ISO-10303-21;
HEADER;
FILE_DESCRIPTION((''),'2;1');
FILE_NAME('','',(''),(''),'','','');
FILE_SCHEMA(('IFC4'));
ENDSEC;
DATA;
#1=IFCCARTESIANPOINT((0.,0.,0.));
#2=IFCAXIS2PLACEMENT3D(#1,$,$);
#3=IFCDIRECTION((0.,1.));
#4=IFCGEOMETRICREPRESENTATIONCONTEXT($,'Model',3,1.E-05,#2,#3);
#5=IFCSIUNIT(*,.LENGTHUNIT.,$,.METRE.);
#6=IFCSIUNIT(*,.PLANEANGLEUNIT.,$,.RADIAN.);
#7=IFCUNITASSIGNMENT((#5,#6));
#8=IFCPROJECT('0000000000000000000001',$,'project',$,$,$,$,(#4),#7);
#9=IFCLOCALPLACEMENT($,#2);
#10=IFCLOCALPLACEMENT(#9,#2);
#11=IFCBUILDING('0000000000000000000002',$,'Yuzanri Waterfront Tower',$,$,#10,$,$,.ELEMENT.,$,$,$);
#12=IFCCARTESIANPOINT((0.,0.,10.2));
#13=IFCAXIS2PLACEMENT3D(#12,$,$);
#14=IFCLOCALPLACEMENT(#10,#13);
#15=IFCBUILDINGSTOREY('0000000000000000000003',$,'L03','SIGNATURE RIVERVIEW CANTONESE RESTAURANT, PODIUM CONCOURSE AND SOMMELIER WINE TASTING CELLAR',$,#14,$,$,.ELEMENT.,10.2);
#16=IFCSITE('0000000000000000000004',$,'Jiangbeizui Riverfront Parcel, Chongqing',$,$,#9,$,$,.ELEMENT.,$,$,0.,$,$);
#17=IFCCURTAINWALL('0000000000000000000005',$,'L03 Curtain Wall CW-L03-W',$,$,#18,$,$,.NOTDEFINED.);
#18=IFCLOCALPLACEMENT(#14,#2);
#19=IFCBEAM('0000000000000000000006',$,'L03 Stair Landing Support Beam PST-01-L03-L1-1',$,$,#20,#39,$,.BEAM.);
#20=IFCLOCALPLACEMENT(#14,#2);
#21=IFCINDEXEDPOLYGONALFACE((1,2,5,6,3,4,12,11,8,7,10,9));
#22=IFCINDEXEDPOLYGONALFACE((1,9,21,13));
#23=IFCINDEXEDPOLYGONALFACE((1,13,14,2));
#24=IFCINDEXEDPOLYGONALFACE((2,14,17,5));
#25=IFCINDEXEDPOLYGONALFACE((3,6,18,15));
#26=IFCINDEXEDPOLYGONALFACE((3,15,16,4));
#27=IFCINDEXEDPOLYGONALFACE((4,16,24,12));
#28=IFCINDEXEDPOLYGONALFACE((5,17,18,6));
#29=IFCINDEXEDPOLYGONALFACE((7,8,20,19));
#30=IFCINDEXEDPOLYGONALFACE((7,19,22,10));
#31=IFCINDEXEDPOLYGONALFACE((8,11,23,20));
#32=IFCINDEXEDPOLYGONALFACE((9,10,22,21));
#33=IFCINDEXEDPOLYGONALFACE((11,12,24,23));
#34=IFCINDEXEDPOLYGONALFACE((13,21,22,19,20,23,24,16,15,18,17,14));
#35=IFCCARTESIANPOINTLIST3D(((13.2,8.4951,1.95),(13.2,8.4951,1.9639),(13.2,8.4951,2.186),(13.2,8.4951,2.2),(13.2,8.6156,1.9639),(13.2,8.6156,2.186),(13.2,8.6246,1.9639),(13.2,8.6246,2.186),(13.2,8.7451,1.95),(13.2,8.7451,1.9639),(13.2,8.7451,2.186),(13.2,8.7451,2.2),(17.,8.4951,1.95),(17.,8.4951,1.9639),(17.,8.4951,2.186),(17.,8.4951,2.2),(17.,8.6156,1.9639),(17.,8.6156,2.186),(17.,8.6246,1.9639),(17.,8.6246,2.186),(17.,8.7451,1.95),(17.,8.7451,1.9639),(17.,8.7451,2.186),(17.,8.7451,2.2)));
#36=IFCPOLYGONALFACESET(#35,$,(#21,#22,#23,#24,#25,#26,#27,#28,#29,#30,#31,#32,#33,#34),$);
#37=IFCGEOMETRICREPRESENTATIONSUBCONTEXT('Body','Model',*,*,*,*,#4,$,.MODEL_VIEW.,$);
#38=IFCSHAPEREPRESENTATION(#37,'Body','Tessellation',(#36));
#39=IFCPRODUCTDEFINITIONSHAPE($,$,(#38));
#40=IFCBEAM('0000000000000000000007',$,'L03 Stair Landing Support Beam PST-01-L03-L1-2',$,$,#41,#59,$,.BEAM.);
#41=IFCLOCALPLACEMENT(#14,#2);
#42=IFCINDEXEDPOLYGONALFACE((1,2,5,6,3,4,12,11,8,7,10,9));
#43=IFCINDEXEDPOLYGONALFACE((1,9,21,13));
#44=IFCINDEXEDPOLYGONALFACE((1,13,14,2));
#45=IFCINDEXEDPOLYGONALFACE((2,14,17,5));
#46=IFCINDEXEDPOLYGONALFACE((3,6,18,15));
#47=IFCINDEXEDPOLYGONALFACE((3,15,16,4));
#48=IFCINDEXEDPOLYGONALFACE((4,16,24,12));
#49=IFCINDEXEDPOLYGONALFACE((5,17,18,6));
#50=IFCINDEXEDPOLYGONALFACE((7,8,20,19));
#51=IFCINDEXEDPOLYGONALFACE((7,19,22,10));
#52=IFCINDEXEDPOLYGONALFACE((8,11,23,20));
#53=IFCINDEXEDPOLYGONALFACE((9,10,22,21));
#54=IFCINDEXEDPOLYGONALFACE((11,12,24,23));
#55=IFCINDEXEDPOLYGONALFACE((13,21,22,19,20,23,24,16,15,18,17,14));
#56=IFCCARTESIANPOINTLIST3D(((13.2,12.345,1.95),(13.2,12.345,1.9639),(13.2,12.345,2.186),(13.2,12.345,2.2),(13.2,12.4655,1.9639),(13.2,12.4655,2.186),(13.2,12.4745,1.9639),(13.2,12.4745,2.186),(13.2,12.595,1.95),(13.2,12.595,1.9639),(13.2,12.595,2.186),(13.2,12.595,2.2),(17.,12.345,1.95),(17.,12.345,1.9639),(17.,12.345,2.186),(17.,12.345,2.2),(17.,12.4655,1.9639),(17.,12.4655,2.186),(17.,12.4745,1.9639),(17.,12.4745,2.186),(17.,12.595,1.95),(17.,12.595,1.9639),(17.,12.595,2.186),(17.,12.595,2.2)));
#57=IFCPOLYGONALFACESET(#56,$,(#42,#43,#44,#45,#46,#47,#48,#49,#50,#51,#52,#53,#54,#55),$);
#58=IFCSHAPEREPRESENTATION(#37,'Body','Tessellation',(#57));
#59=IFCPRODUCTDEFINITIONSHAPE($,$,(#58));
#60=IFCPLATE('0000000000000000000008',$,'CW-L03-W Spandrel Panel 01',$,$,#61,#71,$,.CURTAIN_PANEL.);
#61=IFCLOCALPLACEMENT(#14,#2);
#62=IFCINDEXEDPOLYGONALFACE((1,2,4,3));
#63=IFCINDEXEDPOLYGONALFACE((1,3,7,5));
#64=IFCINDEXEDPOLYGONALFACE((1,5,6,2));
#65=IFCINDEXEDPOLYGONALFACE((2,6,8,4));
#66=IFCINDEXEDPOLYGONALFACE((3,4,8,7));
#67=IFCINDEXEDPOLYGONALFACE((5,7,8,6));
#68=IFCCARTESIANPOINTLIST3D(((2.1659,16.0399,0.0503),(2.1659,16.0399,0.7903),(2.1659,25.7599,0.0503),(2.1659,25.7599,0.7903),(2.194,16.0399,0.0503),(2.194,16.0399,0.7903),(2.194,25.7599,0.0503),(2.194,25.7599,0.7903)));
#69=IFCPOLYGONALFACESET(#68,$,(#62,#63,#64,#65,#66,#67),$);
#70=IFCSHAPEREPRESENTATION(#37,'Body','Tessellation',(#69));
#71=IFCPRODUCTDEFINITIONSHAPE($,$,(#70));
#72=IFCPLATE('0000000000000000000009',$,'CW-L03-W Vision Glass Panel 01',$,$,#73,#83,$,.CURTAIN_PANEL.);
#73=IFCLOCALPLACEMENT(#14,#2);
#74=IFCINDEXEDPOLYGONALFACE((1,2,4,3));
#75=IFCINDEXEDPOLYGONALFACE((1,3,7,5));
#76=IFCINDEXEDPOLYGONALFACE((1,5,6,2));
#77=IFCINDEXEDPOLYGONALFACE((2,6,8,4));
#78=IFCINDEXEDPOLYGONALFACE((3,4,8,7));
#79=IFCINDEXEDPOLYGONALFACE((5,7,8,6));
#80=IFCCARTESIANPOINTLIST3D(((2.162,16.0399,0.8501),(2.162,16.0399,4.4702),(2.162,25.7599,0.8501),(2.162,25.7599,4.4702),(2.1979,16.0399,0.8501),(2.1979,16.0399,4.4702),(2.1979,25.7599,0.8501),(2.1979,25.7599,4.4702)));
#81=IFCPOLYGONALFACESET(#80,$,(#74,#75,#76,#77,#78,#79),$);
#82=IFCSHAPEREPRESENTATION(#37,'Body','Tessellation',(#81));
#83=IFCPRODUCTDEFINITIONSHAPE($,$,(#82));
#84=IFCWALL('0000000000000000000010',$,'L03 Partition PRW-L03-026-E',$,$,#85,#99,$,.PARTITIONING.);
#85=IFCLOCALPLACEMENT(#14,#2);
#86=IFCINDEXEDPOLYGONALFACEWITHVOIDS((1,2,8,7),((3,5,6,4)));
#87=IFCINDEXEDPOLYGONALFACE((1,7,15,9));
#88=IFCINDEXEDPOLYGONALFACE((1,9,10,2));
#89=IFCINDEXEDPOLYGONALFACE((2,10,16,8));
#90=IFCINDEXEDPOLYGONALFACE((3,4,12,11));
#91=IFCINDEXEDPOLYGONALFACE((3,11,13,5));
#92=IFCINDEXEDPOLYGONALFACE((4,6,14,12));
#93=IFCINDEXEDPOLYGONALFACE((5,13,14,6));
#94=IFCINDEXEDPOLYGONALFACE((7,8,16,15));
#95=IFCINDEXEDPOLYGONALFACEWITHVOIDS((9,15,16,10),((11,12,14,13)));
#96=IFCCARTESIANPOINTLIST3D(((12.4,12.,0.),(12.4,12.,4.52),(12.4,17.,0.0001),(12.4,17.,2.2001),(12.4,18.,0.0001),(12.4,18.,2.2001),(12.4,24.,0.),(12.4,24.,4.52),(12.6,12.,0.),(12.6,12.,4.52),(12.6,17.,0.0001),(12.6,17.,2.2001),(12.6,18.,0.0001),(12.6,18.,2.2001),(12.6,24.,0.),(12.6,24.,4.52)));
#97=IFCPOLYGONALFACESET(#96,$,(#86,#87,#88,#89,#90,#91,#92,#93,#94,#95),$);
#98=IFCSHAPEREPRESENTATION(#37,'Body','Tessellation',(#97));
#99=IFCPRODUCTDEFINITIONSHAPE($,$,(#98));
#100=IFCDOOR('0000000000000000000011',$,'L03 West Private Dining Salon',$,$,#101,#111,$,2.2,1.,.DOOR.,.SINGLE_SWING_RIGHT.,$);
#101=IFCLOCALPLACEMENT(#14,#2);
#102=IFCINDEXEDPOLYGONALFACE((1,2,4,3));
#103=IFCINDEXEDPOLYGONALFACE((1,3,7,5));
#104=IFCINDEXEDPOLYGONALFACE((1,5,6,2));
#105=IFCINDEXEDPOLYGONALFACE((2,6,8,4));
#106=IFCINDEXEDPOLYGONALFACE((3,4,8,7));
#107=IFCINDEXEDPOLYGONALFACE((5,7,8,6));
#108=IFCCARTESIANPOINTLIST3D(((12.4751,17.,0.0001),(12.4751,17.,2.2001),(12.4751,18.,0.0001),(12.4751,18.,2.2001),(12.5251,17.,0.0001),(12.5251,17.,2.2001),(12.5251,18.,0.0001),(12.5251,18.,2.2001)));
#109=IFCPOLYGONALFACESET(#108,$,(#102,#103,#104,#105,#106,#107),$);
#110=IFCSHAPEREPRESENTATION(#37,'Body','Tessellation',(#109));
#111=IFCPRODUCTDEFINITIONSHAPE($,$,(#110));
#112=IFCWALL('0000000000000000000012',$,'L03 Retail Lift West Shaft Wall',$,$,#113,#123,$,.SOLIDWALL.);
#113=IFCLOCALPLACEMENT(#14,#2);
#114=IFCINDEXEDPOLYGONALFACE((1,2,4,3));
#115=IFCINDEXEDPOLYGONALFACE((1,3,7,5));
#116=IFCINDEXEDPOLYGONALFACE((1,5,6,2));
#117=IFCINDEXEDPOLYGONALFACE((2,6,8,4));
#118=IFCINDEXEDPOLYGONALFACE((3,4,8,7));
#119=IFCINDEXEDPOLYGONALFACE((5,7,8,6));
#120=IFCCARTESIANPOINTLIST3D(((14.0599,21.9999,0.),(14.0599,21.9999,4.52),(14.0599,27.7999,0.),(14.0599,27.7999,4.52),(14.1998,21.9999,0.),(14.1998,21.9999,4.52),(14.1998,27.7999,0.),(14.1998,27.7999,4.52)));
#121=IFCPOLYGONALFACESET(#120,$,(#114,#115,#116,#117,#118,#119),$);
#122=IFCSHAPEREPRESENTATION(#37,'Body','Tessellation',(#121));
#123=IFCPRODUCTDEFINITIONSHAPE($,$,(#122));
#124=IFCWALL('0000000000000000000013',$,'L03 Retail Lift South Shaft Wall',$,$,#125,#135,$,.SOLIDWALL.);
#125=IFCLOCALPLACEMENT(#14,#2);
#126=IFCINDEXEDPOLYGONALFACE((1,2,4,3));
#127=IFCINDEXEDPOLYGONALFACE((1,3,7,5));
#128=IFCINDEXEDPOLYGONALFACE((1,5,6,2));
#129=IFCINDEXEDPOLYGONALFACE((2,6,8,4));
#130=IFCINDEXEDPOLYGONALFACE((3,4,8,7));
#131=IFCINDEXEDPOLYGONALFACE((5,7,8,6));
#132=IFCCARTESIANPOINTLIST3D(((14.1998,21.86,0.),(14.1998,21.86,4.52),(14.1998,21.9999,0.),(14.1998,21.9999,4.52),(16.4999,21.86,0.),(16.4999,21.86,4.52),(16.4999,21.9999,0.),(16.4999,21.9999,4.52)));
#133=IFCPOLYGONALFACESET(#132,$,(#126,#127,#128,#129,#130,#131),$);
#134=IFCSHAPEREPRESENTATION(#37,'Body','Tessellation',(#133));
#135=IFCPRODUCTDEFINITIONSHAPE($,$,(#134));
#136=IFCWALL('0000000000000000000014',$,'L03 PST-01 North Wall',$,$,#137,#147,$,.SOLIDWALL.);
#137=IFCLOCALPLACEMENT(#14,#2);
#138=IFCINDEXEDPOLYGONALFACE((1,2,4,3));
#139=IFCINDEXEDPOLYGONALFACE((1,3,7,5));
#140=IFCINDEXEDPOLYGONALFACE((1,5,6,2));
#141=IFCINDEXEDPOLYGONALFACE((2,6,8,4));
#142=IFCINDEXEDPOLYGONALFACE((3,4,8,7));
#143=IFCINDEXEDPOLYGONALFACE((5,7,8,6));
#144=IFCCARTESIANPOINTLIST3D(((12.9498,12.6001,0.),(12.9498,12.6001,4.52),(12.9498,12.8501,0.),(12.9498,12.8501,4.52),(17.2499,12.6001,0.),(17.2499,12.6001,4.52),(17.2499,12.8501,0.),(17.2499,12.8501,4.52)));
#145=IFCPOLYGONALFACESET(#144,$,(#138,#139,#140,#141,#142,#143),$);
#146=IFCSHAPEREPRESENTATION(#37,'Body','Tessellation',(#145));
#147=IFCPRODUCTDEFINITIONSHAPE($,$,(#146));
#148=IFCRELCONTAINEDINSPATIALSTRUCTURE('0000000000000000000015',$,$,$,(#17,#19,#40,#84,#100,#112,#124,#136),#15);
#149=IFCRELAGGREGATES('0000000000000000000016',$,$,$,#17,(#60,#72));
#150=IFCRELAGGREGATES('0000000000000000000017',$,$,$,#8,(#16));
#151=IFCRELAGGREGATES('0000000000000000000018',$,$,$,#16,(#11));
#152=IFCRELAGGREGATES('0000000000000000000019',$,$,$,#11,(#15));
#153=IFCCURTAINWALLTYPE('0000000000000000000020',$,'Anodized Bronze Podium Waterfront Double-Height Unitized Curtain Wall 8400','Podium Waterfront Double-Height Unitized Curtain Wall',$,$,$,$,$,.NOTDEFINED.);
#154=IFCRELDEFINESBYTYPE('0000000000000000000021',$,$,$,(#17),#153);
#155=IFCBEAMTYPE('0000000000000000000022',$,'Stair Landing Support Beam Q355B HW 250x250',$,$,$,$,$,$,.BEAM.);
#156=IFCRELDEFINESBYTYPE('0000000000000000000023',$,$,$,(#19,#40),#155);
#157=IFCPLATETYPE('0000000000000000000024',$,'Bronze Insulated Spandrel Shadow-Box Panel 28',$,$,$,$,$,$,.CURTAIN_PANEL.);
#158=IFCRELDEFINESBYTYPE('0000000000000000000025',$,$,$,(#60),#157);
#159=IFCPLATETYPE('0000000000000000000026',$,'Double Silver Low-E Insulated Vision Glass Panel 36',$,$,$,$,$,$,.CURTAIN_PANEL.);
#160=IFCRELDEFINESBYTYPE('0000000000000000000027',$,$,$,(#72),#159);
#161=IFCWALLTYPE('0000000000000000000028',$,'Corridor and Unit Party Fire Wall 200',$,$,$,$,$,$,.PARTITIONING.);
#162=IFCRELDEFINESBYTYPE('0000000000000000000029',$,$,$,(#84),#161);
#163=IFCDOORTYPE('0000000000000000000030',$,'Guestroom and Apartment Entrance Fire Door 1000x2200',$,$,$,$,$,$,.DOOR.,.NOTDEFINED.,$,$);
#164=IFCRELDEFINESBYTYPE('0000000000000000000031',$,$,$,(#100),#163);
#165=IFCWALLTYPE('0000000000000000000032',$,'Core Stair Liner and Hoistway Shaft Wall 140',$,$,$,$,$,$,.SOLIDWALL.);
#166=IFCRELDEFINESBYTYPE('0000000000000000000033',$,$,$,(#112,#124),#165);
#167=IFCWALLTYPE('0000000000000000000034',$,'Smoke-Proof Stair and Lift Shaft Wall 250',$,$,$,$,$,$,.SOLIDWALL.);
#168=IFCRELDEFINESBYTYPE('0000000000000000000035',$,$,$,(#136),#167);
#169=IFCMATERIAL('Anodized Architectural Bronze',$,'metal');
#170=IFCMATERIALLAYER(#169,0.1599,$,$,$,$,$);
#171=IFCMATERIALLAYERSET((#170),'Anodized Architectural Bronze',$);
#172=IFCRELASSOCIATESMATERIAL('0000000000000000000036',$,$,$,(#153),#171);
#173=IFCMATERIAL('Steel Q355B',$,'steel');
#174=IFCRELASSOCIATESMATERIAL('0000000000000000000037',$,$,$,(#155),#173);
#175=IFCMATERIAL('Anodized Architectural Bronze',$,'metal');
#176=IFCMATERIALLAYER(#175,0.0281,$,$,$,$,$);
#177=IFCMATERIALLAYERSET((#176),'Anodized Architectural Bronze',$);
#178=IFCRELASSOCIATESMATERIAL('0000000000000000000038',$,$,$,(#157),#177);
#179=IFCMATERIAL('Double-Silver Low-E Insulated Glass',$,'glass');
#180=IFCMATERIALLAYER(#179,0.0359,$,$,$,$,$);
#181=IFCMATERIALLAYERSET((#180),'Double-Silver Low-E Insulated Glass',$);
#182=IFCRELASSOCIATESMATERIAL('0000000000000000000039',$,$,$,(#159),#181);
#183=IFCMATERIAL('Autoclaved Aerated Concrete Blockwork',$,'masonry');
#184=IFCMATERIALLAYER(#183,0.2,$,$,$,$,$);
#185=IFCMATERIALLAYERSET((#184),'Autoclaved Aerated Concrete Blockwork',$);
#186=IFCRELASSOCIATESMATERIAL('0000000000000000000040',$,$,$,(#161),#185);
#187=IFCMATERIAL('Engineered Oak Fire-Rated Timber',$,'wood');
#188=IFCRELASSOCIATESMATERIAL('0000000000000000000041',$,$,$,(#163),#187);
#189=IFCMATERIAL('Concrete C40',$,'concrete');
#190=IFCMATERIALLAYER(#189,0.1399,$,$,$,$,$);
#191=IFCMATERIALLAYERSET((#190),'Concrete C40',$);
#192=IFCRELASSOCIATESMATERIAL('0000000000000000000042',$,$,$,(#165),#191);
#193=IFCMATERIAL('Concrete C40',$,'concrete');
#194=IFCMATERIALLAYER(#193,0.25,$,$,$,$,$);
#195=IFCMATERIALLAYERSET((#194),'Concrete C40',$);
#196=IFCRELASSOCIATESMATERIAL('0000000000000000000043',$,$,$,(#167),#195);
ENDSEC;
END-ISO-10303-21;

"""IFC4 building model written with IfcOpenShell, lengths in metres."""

from ifc_helpers import new_model, si_unit, direction, frame, frame_2d, origin, origin_2d, place, context, subcontext, project, spatial, rectangle, i_section, extrude, source, transform, mapped, material, layer, layer_set, material_profile, profile_set, type_object, element, fill, aggregate, save


model = new_model("IFC4")

# Units and contexts
model_context = context("Model", 3, precision=1e-05, world=origin(), true_north=direction((0.0, 1.0)))
body_context = subcontext(model_context, "Body", "Model", "MODEL_VIEW")
ifc_project = project(units=[si_unit("LENGTHUNIT", "METRE"), si_unit("PLANEANGLEUNIT", "RADIAN")], contexts=[model_context])

# Site, building, storey
site_placement = place(None, origin())
site = spatial("IfcSite", under=ifc_project, at=site_placement, Name="Jiangbeizui Riverfront Parcel, Chongqing", CompositionType="ELEMENT", RefElevation=0.0)
building_placement = place(site_placement, origin())
building = spatial("IfcBuilding", under=site, at=building_placement, Name="Yuzanri Waterfront Tower", CompositionType="ELEMENT")
storey_placement = place(building_placement, frame((0.0, 0.0, 10.2)))
storey = spatial("IfcBuildingStorey", under=building, at=storey_placement, Name="L03", Description="SIGNATURE RIVERVIEW CANTONESE RESTAURANT, PODIUM CONCOURSE AND SOMMELIER WINE TASTING CELLAR", CompositionType="ELEMENT", Elevation=10.2)

# Curtain wall
ifc_material_1 = material(Name="Anodized Architectural Bronze", Category="metal")
ifc_layer_1 = layer(ifc_material_1, 0.1599)
ifc_layer_set_1 = layer_set([ifc_layer_1], Name="Anodized Architectural Bronze")
curtain_wall_type = type_object("IfcCurtainWallType", Name="Anodized Bronze Podium Waterfront Double-Height Unitized Curtain Wall 8400", Description="Podium Waterfront Double-Height Unitized Curtain Wall", PredefinedType="NOTDEFINED", material=ifc_layer_set_1)
curtain_wall_placement = place(storey_placement, origin())
curtain_wall = element("IfcCurtainWall", 1, at=curtain_wall_placement, inside=storey, type_object=curtain_wall_type, Name="L03 Curtain Wall CW-L03-W", PredefinedType="NOTDEFINED")

# Beams
ifc_material_2 = material(Name="Steel Q355B", Category="steel")
ifc_material_profile_1 = material_profile(ifc_material_2, i_section(OverallWidth=0.25, OverallDepth=0.25, WebThickness=0.009, FlangeThickness=0.0139, at=origin_2d()), Name="HW 250x250x9x14")
ifc_profile_set_1 = profile_set([ifc_material_profile_1], Name="Steel Q355B")
beam_type_1 = type_object("IfcBeamType", Name="Stair Landing Support Beam Q355B HW 250x250", PredefinedType="BEAM", material=ifc_profile_set_1)
shared_shape_1 = source(origin(), body_context, "Body", "SweptSolid", [
    extrude(i_section(OverallWidth=0.25, OverallDepth=0.25, WebThickness=0.009, FlangeThickness=0.0139, at=origin_2d()), origin(), (0.0, 0.0, 1.0), 3.8),
])
for number, where, z_axis, x_axis, name in (
    (2, (13.2, 8.6201, 2.075), (1.0, 0.0, 0.0), (0.0, 1.0, 0.0), "L03 Stair Landing Support Beam PST-01-L03-L1-1"),
    (3, (13.2, 12.47, 2.075), (1.0, 0.0, 0.0), (0.0, 1.0, 0.0), "L03 Stair Landing Support Beam PST-01-L03-L1-2"),
):
    element("IfcBeam", number, at=place(storey_placement, frame(where, z_axis=z_axis, x_axis=x_axis)), inside=storey, type_object=beam_type_1, Name=name, PredefinedType="BEAM", context=body_context, shape_type="MappedRepresentation", body=[
        mapped(shared_shape_1, transform((0.0, 0.0, 0.0), scale=1.0)),
    ])

# Plates
ifc_material_3 = material(Name="Anodized Architectural Bronze", Category="metal")
ifc_layer_2 = layer(ifc_material_3, 0.0281)
ifc_layer_set_2 = layer_set([ifc_layer_2], Name="Anodized Architectural Bronze")
plate_type_1 = type_object("IfcPlateType", Name="Bronze Insulated Spandrel Shadow-Box Panel 28", PredefinedType="CURTAIN_PANEL", material=ifc_layer_set_2)
shared_shape_2 = source(origin(), body_context, "Body", "SweptSolid", [
    extrude(rectangle(XDim=9.72, YDim=0.0281, at=origin_2d()), origin(), (0.0, 0.0, 1.0), 0.74),
])
plate_1_placement = place(storey_placement, frame((2.1799, 20.8999, 0.0503), z_axis=(0.0, 0.0, 1.0), x_axis=(0.0, 1.0, 0.0)))
plate_1 = element("IfcPlate", 4, at=plate_1_placement, type_object=plate_type_1, Name="CW-L03-W Spandrel Panel 01", PredefinedType="CURTAIN_PANEL", context=body_context, shape_type="MappedRepresentation", body=[
    mapped(shared_shape_2, transform((0.0, 0.0, 0.0), scale=1.0)),
])
ifc_material_4 = material(Name="Double-Silver Low-E Insulated Glass", Category="glass")
ifc_layer_3 = layer(ifc_material_4, 0.0359)
ifc_layer_set_3 = layer_set([ifc_layer_3], Name="Double-Silver Low-E Insulated Glass")
plate_type_2 = type_object("IfcPlateType", Name="Double Silver Low-E Insulated Vision Glass Panel 36", PredefinedType="CURTAIN_PANEL", material=ifc_layer_set_3)
shared_shape_3 = source(origin(), body_context, "Body", "SweptSolid", [
    extrude(rectangle(XDim=9.72, YDim=0.0359, at=origin_2d()), origin(), (0.0, 0.0, 1.0), 3.6201),
])
plate_2_placement = place(storey_placement, frame((2.1799, 20.8999, 0.8501), z_axis=(0.0, 0.0, 1.0), x_axis=(0.0, 1.0, 0.0)))
plate_2 = element("IfcPlate", 5, at=plate_2_placement, type_object=plate_type_2, Name="CW-L03-W Vision Glass Panel 01", PredefinedType="CURTAIN_PANEL", context=body_context, shape_type="MappedRepresentation", body=[
    mapped(shared_shape_3, transform((0.0, 0.0, 0.0), scale=1.0)),
])
aggregate(curtain_wall, [plate_1, plate_2])

# Wall, opening, door
ifc_material_5 = material(Name="Autoclaved Aerated Concrete Blockwork", Category="masonry")
ifc_layer_4 = layer(ifc_material_5, 0.2)
ifc_layer_set_4 = layer_set([ifc_layer_4], Name="Autoclaved Aerated Concrete Blockwork")
wall_type_1 = type_object("IfcWallType", Name="Corridor and Unit Party Fire Wall 200", PredefinedType="PARTITIONING", material=ifc_layer_set_4)
wall_1_placement = place(storey_placement, frame((12.5, 12.0, 0.0), z_axis=(0.0, 0.0, 1.0), x_axis=(0.0, 1.0, 0.0)))
wall_1 = element("IfcWall", 6, at=wall_1_placement, inside=storey, type_object=wall_type_1, Name="L03 Partition PRW-L03-026-E", PredefinedType="PARTITIONING", context=body_context, shape_type="SweptSolid", body=[
    extrude(rectangle(XDim=12.0, YDim=0.2, at=frame_2d((6.0, 0.0))), origin(), (0.0, 0.0, 1.0), 4.52),
])
opening_placement = place(wall_1_placement, frame((5.0, 0.0, 0.0)))
opening = element("IfcOpeningElement", 7, at=opening_placement, cuts=wall_1, PredefinedType="OPENING", context=body_context, shape_type="SweptSolid", body=[
    extrude(rectangle(XDim=1.0, YDim=2.2, at=frame_2d((0.5, 1.1001))), frame((0.0, 0.1147, 0.0), z_axis=(0.0, -1.0, 0.0), x_axis=(1.0, 0.0, 0.0)), (0.0, 0.0, 1.0), 0.2297),
])
ifc_material_6 = material(Name="Engineered Oak Fire-Rated Timber", Category="wood")
door_type = type_object("IfcDoorType", Name="Guestroom and Apartment Entrance Fire Door 1000x2200", OperationType="NOTDEFINED", PredefinedType="DOOR", material=ifc_material_6)
shared_shape_4 = source(origin(), body_context, "Body", "SweptSolid", [
    extrude(rectangle(XDim=1.0, YDim=2.2, at=frame_2d((0.5, 1.1001))), frame((0.0, 0.0249, 0.0), z_axis=(0.0, -1.0, 0.0), x_axis=(1.0, 0.0, 0.0)), (0.0, 0.0, 1.0), 0.05),
])
door_placement = place(opening_placement, origin())
door = element("IfcDoor", 8, at=door_placement, inside=storey, type_object=door_type, Name="L03 West Private Dining Salon", OperationType="SINGLE_SWING_RIGHT", OverallHeight=2.2, OverallWidth=1.0, PredefinedType="DOOR", context=body_context, shape_type="MappedRepresentation", body=[
    mapped(shared_shape_4, transform((0.0, 0.0, 0.0), scale=1.0)),
])
fill(opening, door)

# Walls
ifc_material_7 = material(Name="Concrete C40", Category="concrete")
ifc_layer_5 = layer(ifc_material_7, 0.1399)
ifc_layer_set_5 = layer_set([ifc_layer_5], Name="Concrete C40")
wall_type_2 = type_object("IfcWallType", Name="Core Stair Liner and Hoistway Shaft Wall 140", PredefinedType="SOLIDWALL", material=ifc_layer_set_5)
shared_shape_5 = source(origin(), body_context, "Body", "SweptSolid", [
    extrude(rectangle(XDim=5.8, YDim=0.1399, at=frame_2d((2.8999, 0.0))), origin(), (0.0, 0.0, 1.0), 4.52),
])
wall_2_placement = place(storey_placement, frame((14.1299, 22.0, 0.0), z_axis=(0.0, 0.0, 1.0), x_axis=(0.0, 1.0, 0.0)))
element("IfcWall", 9, at=wall_2_placement, inside=storey, type_object=wall_type_2, Name="L03 Retail Lift West Shaft Wall", PredefinedType="SOLIDWALL", context=body_context, shape_type="MappedRepresentation", body=[
    mapped(shared_shape_5, transform((0.0, 0.0, 0.0), scale=1.0)),
])
shared_shape_6 = source(origin(), body_context, "Body", "SweptSolid", [
    extrude(rectangle(XDim=2.3, YDim=0.1399, at=frame_2d((1.1499, 0.0))), origin(), (0.0, 0.0, 1.0), 4.52),
])
wall_3_placement = place(storey_placement, frame((14.2, 21.9299, 0.0), z_axis=(0.0, 0.0, 1.0), x_axis=(1.0, 0.0, 0.0)))
element("IfcWall", 10, at=wall_3_placement, inside=storey, type_object=wall_type_2, Name="L03 Retail Lift South Shaft Wall", PredefinedType="SOLIDWALL", context=body_context, shape_type="MappedRepresentation", body=[
    mapped(shared_shape_6, transform((0.0, 0.0, 0.0), scale=1.0)),
])
ifc_material_8 = material(Name="Concrete C40", Category="concrete")
ifc_layer_6 = layer(ifc_material_8, 0.25)
ifc_layer_set_6 = layer_set([ifc_layer_6], Name="Concrete C40")
wall_type_3 = type_object("IfcWallType", Name="Smoke-Proof Stair and Lift Shaft Wall 250", PredefinedType="SOLIDWALL", material=ifc_layer_set_6)
shared_shape_7 = source(origin(), body_context, "Body", "SweptSolid", [
    extrude(rectangle(XDim=4.3, YDim=0.25, at=frame_2d((2.1499, 0.0))), origin(), (0.0, 0.0, 1.0), 4.52),
])
wall_4_placement = place(storey_placement, frame((12.95, 12.7251, 0.0), z_axis=(0.0, 0.0, 1.0), x_axis=(1.0, 0.0, 0.0)))
element("IfcWall", 11, at=wall_4_placement, inside=storey, type_object=wall_type_3, Name="L03 PST-01 North Wall", PredefinedType="SOLIDWALL", context=body_context, shape_type="MappedRepresentation", body=[
    mapped(shared_shape_7, transform((0.0, 0.0, 0.0), scale=1.0)),
])

save(model, "model.ifc")
